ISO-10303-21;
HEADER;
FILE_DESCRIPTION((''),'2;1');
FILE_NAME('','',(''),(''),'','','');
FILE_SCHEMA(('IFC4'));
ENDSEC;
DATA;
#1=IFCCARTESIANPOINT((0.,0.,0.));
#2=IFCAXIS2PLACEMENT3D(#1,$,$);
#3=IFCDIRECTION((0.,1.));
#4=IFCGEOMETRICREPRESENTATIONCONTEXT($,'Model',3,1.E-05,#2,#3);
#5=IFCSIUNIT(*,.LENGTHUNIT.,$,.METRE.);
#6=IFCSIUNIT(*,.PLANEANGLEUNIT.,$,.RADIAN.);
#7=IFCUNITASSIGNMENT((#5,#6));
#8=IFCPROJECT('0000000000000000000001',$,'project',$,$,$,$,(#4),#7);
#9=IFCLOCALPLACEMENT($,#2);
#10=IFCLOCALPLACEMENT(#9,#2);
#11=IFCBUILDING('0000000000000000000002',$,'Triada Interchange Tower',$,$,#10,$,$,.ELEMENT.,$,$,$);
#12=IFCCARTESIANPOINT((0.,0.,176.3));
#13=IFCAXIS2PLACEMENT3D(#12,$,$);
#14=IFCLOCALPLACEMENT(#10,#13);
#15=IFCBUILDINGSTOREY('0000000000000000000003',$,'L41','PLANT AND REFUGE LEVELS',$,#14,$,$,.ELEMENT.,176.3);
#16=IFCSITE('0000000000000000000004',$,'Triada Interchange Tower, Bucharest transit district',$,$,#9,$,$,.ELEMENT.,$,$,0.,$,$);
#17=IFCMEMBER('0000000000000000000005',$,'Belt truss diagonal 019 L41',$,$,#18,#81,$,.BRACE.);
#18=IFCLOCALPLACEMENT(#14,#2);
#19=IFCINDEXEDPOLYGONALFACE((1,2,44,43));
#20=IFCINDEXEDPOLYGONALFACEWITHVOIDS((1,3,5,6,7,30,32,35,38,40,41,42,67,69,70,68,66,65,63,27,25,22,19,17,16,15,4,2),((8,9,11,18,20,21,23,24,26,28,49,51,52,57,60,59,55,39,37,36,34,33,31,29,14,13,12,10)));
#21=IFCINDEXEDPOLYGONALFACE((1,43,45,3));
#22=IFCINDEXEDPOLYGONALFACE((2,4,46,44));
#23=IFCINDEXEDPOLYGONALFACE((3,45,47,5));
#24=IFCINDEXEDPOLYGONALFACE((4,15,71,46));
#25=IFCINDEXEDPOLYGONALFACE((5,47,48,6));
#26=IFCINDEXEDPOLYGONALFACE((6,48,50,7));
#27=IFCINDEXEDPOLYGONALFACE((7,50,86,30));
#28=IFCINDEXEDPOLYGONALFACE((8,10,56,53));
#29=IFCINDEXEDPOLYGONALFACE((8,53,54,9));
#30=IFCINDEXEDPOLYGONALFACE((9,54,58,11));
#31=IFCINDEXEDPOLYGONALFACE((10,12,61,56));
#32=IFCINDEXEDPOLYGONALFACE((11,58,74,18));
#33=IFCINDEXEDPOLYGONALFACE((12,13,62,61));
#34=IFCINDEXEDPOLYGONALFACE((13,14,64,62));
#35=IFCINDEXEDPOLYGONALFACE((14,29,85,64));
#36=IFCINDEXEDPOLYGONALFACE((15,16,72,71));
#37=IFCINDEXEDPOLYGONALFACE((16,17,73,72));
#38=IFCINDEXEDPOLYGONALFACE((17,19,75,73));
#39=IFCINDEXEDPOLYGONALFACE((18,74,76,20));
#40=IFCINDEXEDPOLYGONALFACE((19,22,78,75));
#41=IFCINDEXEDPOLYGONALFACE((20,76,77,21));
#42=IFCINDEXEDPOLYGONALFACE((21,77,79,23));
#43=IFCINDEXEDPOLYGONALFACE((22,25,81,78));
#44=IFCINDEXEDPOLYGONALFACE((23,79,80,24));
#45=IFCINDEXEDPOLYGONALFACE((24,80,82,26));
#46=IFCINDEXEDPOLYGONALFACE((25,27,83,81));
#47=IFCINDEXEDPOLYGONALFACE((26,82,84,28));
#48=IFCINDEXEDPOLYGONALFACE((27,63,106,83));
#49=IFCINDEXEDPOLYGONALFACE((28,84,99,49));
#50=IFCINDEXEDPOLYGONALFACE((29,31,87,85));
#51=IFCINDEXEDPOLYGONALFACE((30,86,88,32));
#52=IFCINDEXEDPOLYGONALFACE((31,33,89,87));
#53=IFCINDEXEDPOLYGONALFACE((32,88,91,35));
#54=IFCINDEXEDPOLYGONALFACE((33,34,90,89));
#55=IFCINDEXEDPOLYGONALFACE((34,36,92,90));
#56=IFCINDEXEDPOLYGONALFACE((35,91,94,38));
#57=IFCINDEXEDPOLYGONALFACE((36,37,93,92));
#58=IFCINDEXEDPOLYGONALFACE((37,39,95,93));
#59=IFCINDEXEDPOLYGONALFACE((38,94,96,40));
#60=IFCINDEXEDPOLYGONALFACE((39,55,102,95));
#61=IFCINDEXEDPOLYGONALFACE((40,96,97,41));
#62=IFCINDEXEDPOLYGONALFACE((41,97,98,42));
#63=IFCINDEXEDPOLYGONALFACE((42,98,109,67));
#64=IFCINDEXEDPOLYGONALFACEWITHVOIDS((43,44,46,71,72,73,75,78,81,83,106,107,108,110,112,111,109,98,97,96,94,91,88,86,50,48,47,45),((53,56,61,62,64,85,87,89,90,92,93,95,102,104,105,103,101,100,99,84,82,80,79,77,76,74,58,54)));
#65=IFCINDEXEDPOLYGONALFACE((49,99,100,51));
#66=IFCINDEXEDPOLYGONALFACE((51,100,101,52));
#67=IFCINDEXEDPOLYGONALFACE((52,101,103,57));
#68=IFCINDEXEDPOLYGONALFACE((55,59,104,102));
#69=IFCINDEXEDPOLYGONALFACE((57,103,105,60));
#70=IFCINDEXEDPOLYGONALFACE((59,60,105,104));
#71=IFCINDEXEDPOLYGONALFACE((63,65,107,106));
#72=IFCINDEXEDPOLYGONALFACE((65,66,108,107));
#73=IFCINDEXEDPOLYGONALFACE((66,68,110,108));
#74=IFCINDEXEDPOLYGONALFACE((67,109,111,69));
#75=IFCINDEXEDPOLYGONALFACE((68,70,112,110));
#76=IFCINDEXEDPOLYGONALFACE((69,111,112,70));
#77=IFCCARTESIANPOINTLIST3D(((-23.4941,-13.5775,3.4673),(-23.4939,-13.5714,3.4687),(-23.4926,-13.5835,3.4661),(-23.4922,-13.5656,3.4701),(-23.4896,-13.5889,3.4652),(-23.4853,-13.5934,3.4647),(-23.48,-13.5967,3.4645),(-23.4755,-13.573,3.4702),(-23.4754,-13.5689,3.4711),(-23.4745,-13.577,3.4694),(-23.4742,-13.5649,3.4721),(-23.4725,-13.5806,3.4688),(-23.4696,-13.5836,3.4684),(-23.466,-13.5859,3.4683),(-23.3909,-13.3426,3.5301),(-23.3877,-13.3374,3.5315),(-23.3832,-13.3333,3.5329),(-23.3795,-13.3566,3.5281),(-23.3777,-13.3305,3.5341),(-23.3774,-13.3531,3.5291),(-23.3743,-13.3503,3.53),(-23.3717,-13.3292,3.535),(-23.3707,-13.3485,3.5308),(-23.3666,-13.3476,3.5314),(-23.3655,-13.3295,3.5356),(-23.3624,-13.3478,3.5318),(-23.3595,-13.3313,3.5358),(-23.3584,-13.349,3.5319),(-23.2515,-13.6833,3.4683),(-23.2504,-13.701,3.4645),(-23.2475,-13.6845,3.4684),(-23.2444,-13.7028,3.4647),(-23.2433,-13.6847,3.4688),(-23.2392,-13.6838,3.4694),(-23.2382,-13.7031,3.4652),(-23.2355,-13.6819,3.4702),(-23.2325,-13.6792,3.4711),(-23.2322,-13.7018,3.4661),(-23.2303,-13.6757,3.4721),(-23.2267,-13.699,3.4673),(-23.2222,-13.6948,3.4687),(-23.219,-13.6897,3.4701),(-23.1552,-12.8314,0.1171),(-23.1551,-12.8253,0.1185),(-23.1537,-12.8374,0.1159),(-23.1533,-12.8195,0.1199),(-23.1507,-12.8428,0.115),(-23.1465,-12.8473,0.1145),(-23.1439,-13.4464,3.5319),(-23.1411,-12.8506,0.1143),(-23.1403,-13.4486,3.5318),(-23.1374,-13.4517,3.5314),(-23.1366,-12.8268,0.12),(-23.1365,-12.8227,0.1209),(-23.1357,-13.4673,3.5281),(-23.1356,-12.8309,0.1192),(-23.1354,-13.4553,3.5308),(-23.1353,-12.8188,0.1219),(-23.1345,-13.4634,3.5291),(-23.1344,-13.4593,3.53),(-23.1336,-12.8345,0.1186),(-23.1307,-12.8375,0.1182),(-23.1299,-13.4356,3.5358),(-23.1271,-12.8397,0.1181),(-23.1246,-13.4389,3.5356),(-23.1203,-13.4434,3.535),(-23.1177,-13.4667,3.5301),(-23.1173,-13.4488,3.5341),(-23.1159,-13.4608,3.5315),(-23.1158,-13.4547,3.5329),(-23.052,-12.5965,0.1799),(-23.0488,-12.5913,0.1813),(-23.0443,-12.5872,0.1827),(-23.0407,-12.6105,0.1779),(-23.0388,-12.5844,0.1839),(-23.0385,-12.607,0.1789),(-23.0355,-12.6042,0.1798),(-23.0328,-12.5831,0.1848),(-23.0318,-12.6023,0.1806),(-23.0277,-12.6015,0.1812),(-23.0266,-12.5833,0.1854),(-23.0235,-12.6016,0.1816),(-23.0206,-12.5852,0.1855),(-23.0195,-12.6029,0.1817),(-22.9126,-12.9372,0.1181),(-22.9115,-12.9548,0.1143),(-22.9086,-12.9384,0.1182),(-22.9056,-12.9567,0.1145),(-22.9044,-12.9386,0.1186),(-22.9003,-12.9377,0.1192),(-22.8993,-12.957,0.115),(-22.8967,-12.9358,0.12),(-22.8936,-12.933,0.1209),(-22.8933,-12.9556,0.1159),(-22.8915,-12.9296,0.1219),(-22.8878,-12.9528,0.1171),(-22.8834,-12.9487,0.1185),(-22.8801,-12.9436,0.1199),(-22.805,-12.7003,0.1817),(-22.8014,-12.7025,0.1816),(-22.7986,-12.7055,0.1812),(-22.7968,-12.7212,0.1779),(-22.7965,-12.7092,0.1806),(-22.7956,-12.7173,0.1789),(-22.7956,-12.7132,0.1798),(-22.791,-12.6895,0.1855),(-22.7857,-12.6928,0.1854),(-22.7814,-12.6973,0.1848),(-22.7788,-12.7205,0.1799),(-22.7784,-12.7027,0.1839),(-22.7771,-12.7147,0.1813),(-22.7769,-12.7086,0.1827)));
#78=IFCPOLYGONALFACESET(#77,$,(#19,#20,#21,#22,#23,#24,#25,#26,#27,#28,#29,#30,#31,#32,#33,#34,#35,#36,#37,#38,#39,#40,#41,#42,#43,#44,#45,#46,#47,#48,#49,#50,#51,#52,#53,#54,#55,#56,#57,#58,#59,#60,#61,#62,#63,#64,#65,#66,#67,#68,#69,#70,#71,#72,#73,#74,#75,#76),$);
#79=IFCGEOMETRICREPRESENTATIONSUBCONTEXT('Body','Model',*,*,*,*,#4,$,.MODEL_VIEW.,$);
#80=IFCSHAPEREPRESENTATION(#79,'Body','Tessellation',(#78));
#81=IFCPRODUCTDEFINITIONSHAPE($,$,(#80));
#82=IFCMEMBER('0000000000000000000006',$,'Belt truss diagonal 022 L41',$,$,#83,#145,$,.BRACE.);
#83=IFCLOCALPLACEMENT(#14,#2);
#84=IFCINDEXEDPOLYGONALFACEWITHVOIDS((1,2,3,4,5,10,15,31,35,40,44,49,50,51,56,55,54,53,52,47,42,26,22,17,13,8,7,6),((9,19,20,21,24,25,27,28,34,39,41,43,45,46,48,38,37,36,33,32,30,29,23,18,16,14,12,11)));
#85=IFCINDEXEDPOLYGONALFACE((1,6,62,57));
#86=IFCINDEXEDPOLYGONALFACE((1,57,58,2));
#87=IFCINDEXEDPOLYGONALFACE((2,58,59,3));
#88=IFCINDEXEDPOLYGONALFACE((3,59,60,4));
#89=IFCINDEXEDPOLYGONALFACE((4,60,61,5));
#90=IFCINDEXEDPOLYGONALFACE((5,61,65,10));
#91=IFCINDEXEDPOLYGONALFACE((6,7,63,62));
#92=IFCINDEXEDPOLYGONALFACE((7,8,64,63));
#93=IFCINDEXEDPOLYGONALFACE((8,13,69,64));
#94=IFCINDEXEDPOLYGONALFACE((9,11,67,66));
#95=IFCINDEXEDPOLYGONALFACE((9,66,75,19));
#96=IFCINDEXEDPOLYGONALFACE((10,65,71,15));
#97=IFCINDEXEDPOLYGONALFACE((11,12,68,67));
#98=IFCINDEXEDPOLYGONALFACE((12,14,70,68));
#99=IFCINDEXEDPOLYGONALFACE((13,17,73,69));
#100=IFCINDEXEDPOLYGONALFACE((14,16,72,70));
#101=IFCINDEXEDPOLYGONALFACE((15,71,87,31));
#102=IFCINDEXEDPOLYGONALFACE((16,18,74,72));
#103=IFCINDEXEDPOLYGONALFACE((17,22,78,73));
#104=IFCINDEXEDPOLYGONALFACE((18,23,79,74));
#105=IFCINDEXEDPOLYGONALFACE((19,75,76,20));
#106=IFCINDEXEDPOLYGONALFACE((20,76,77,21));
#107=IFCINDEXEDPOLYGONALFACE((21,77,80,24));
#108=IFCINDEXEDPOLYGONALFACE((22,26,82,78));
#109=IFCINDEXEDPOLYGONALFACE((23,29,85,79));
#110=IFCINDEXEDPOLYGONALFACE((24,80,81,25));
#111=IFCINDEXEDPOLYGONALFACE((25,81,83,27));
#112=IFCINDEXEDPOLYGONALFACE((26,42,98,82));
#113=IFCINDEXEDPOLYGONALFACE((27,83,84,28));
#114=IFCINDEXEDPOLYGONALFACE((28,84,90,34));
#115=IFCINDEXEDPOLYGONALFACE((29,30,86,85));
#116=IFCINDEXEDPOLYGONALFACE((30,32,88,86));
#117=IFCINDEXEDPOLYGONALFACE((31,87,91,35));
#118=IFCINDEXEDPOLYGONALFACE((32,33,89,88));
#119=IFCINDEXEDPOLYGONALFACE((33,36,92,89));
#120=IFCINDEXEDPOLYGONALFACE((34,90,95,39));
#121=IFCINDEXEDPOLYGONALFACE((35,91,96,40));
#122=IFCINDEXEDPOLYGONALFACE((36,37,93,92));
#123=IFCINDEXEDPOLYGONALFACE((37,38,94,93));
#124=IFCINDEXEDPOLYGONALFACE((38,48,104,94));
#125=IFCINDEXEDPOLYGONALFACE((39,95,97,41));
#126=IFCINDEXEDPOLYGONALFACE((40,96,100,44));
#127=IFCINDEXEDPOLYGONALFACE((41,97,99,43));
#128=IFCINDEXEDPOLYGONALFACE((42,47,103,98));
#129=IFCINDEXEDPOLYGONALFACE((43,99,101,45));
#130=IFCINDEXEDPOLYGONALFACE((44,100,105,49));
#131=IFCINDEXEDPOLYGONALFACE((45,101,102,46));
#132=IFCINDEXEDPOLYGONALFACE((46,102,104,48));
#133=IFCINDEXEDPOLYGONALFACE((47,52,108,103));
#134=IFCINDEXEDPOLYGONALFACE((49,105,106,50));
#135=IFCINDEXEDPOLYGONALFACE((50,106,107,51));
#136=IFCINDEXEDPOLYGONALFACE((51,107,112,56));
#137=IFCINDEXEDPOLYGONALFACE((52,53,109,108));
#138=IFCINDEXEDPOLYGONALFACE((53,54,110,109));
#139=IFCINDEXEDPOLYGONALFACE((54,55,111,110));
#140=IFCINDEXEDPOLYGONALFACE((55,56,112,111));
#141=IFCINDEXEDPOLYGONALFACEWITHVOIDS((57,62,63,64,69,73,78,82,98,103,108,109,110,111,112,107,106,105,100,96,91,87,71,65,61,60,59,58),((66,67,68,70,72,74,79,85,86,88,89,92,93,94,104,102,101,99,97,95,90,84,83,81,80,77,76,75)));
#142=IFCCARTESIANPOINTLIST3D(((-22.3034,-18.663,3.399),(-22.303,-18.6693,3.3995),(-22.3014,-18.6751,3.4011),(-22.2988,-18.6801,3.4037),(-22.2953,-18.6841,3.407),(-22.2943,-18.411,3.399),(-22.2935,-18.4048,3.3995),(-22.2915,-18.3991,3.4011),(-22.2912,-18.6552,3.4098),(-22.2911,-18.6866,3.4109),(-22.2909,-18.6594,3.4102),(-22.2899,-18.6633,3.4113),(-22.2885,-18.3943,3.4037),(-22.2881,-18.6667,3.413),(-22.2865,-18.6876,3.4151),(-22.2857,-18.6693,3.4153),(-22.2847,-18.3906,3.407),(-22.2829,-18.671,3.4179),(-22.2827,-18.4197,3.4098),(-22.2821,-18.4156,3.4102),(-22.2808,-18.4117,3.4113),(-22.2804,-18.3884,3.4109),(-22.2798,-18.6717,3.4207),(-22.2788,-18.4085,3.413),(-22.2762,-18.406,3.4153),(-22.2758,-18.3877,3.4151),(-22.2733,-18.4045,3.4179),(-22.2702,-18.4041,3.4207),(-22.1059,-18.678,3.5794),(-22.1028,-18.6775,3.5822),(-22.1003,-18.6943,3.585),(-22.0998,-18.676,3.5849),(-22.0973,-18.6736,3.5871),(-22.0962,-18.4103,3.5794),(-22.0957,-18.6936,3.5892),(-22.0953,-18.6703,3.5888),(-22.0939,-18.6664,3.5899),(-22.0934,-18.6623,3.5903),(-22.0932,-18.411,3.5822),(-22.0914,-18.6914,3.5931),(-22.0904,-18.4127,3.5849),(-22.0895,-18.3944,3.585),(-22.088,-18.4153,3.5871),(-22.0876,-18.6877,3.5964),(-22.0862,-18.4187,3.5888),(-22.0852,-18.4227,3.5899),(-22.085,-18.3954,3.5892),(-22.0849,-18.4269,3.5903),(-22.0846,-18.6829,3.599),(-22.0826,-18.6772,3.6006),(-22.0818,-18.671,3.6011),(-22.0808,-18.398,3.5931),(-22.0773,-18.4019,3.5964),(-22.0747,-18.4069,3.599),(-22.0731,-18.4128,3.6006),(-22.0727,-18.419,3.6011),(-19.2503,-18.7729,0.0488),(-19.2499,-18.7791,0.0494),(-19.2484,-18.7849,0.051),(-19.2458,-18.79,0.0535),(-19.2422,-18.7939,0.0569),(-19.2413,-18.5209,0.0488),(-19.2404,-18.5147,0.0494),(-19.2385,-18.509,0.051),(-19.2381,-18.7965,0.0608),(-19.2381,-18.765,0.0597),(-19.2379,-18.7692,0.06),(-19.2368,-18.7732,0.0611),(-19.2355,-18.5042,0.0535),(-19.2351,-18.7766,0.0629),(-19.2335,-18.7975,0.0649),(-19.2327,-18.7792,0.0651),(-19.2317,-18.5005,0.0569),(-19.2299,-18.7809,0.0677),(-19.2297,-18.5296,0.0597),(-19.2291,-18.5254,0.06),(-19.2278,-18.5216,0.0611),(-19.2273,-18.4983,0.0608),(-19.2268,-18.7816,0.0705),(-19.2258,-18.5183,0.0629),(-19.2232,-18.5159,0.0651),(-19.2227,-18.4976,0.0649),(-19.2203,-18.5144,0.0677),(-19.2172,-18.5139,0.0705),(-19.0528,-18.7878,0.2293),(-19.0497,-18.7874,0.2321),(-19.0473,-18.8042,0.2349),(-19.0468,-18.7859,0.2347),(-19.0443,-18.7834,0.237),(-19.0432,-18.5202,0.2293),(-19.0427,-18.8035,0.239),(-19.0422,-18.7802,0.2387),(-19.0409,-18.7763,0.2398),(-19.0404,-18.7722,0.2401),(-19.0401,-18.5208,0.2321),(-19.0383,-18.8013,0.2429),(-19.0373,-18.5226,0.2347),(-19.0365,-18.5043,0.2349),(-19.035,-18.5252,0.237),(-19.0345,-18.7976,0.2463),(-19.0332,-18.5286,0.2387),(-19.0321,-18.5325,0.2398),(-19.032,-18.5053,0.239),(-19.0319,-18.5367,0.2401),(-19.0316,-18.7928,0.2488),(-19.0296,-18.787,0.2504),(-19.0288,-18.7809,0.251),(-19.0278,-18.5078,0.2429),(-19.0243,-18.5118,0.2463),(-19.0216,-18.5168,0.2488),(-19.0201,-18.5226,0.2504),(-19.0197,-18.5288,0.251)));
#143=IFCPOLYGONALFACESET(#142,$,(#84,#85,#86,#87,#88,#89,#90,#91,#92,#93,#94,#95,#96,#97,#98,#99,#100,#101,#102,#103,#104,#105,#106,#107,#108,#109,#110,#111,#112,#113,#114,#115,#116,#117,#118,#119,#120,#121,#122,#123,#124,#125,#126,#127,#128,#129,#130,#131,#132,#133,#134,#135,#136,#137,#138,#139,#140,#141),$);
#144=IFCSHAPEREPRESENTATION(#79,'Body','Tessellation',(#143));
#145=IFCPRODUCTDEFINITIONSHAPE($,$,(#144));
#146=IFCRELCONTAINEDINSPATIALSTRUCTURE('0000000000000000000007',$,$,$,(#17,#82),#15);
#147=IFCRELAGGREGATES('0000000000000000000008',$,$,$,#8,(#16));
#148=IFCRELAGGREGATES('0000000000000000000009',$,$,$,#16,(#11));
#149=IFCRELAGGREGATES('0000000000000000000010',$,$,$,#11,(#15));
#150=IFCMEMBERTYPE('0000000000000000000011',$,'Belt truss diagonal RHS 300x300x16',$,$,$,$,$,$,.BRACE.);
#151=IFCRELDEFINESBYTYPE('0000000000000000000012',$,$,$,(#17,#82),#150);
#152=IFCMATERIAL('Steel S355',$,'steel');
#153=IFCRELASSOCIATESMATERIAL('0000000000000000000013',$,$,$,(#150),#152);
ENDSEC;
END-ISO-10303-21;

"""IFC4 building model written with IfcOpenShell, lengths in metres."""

from ifc_helpers import new_model, si_unit, direction, frame, origin, origin_2d, place, context, subcontext, project, spatial, hollow_rectangle, extrude, material, material_profile, profile_set, type_object, element, save


model = new_model("IFC4")

# Units and contexts
model_context = context("Model", 3, precision=1e-05, world=origin(), true_north=direction((0.0, 1.0)))
body_context = subcontext(model_context, "Body", "Model", "MODEL_VIEW")
ifc_project = project(units=[si_unit("LENGTHUNIT", "METRE"), si_unit("PLANEANGLEUNIT", "RADIAN")], contexts=[model_context])

# Site, building, storey
site_placement = place(None, origin())
site = spatial("IfcSite", under=ifc_project, at=site_placement, Name="Triada Interchange Tower, Bucharest transit district", CompositionType="ELEMENT", RefElevation=0.0)
building_placement = place(site_placement, origin())
building = spatial("IfcBuilding", under=site, at=building_placement, Name="Triada Interchange Tower", CompositionType="ELEMENT")
storey_placement = place(building_placement, frame((0.0, 0.0, 176.3)))
storey = spatial("IfcBuildingStorey", under=building, at=storey_placement, Name="L41", Description="PLANT AND REFUGE LEVELS", CompositionType="ELEMENT", Elevation=176.3)

# Members
ifc_material_1 = material(Name="Steel S355", Category="steel")
ifc_material_profile_1 = material_profile(ifc_material_1, hollow_rectangle(XDim=0.3, YDim=0.3, WallThickness=0.0161, InnerFilletRadius=0.0161, OuterFilletRadius=0.0239, at=origin_2d()), Name="RHS 300x300x16")
ifc_profile_set_1 = profile_set([ifc_material_profile_1], Name="Steel S355")
member_type_1 = type_object("IfcMemberType", Name="Belt truss diagonal RHS 300x300x16", PredefinedType="BRACE", material=ifc_profile_set_1)
for number, where, z_axis, x_axis, name in (
    (1, (-22.9661, -12.77, 0.1499), (-0.098255, -0.21633, 0.971364), (0.910489, -0.413534, 0.0), "Belt truss diagonal 019 L41"),
):
    element("IfcMember", number, at=place(storey_placement, frame(where, z_axis=z_axis, x_axis=x_axis)), inside=storey, type_object=member_type_1, Name=name, PredefinedType="BRACE", context=body_context, shape_type="SweptSolid", body=[
        extrude(hollow_rectangle(XDim=0.3, YDim=0.3, WallThickness=0.0161, InnerFilletRadius=0.0161, OuterFilletRadius=0.0239, at=origin_2d()), origin(), (0.0, 0.0, 1.0), 3.449),
    ])
member_1_placement = place(storey_placement, frame((-19.135, -18.6509, 0.1499), z_axis=(-0.673373, 0.024232, 0.738906), x_axis=(-0.035962, -0.999353, 0.0)))
element("IfcMember", 2, at=member_1_placement, inside=storey, type_object=member_type_1, Name="Belt truss diagonal 022 L41", PredefinedType="BRACE", context=body_context, shape_type="SweptSolid", body=[
    extrude(hollow_rectangle(XDim=0.3, YDim=0.3, WallThickness=0.0161, InnerFilletRadius=0.0161, OuterFilletRadius=0.0239, at=origin_2d()), origin(), (0.0, 0.0, 1.0), 4.5339),
])

save(model, "model.ifc")
